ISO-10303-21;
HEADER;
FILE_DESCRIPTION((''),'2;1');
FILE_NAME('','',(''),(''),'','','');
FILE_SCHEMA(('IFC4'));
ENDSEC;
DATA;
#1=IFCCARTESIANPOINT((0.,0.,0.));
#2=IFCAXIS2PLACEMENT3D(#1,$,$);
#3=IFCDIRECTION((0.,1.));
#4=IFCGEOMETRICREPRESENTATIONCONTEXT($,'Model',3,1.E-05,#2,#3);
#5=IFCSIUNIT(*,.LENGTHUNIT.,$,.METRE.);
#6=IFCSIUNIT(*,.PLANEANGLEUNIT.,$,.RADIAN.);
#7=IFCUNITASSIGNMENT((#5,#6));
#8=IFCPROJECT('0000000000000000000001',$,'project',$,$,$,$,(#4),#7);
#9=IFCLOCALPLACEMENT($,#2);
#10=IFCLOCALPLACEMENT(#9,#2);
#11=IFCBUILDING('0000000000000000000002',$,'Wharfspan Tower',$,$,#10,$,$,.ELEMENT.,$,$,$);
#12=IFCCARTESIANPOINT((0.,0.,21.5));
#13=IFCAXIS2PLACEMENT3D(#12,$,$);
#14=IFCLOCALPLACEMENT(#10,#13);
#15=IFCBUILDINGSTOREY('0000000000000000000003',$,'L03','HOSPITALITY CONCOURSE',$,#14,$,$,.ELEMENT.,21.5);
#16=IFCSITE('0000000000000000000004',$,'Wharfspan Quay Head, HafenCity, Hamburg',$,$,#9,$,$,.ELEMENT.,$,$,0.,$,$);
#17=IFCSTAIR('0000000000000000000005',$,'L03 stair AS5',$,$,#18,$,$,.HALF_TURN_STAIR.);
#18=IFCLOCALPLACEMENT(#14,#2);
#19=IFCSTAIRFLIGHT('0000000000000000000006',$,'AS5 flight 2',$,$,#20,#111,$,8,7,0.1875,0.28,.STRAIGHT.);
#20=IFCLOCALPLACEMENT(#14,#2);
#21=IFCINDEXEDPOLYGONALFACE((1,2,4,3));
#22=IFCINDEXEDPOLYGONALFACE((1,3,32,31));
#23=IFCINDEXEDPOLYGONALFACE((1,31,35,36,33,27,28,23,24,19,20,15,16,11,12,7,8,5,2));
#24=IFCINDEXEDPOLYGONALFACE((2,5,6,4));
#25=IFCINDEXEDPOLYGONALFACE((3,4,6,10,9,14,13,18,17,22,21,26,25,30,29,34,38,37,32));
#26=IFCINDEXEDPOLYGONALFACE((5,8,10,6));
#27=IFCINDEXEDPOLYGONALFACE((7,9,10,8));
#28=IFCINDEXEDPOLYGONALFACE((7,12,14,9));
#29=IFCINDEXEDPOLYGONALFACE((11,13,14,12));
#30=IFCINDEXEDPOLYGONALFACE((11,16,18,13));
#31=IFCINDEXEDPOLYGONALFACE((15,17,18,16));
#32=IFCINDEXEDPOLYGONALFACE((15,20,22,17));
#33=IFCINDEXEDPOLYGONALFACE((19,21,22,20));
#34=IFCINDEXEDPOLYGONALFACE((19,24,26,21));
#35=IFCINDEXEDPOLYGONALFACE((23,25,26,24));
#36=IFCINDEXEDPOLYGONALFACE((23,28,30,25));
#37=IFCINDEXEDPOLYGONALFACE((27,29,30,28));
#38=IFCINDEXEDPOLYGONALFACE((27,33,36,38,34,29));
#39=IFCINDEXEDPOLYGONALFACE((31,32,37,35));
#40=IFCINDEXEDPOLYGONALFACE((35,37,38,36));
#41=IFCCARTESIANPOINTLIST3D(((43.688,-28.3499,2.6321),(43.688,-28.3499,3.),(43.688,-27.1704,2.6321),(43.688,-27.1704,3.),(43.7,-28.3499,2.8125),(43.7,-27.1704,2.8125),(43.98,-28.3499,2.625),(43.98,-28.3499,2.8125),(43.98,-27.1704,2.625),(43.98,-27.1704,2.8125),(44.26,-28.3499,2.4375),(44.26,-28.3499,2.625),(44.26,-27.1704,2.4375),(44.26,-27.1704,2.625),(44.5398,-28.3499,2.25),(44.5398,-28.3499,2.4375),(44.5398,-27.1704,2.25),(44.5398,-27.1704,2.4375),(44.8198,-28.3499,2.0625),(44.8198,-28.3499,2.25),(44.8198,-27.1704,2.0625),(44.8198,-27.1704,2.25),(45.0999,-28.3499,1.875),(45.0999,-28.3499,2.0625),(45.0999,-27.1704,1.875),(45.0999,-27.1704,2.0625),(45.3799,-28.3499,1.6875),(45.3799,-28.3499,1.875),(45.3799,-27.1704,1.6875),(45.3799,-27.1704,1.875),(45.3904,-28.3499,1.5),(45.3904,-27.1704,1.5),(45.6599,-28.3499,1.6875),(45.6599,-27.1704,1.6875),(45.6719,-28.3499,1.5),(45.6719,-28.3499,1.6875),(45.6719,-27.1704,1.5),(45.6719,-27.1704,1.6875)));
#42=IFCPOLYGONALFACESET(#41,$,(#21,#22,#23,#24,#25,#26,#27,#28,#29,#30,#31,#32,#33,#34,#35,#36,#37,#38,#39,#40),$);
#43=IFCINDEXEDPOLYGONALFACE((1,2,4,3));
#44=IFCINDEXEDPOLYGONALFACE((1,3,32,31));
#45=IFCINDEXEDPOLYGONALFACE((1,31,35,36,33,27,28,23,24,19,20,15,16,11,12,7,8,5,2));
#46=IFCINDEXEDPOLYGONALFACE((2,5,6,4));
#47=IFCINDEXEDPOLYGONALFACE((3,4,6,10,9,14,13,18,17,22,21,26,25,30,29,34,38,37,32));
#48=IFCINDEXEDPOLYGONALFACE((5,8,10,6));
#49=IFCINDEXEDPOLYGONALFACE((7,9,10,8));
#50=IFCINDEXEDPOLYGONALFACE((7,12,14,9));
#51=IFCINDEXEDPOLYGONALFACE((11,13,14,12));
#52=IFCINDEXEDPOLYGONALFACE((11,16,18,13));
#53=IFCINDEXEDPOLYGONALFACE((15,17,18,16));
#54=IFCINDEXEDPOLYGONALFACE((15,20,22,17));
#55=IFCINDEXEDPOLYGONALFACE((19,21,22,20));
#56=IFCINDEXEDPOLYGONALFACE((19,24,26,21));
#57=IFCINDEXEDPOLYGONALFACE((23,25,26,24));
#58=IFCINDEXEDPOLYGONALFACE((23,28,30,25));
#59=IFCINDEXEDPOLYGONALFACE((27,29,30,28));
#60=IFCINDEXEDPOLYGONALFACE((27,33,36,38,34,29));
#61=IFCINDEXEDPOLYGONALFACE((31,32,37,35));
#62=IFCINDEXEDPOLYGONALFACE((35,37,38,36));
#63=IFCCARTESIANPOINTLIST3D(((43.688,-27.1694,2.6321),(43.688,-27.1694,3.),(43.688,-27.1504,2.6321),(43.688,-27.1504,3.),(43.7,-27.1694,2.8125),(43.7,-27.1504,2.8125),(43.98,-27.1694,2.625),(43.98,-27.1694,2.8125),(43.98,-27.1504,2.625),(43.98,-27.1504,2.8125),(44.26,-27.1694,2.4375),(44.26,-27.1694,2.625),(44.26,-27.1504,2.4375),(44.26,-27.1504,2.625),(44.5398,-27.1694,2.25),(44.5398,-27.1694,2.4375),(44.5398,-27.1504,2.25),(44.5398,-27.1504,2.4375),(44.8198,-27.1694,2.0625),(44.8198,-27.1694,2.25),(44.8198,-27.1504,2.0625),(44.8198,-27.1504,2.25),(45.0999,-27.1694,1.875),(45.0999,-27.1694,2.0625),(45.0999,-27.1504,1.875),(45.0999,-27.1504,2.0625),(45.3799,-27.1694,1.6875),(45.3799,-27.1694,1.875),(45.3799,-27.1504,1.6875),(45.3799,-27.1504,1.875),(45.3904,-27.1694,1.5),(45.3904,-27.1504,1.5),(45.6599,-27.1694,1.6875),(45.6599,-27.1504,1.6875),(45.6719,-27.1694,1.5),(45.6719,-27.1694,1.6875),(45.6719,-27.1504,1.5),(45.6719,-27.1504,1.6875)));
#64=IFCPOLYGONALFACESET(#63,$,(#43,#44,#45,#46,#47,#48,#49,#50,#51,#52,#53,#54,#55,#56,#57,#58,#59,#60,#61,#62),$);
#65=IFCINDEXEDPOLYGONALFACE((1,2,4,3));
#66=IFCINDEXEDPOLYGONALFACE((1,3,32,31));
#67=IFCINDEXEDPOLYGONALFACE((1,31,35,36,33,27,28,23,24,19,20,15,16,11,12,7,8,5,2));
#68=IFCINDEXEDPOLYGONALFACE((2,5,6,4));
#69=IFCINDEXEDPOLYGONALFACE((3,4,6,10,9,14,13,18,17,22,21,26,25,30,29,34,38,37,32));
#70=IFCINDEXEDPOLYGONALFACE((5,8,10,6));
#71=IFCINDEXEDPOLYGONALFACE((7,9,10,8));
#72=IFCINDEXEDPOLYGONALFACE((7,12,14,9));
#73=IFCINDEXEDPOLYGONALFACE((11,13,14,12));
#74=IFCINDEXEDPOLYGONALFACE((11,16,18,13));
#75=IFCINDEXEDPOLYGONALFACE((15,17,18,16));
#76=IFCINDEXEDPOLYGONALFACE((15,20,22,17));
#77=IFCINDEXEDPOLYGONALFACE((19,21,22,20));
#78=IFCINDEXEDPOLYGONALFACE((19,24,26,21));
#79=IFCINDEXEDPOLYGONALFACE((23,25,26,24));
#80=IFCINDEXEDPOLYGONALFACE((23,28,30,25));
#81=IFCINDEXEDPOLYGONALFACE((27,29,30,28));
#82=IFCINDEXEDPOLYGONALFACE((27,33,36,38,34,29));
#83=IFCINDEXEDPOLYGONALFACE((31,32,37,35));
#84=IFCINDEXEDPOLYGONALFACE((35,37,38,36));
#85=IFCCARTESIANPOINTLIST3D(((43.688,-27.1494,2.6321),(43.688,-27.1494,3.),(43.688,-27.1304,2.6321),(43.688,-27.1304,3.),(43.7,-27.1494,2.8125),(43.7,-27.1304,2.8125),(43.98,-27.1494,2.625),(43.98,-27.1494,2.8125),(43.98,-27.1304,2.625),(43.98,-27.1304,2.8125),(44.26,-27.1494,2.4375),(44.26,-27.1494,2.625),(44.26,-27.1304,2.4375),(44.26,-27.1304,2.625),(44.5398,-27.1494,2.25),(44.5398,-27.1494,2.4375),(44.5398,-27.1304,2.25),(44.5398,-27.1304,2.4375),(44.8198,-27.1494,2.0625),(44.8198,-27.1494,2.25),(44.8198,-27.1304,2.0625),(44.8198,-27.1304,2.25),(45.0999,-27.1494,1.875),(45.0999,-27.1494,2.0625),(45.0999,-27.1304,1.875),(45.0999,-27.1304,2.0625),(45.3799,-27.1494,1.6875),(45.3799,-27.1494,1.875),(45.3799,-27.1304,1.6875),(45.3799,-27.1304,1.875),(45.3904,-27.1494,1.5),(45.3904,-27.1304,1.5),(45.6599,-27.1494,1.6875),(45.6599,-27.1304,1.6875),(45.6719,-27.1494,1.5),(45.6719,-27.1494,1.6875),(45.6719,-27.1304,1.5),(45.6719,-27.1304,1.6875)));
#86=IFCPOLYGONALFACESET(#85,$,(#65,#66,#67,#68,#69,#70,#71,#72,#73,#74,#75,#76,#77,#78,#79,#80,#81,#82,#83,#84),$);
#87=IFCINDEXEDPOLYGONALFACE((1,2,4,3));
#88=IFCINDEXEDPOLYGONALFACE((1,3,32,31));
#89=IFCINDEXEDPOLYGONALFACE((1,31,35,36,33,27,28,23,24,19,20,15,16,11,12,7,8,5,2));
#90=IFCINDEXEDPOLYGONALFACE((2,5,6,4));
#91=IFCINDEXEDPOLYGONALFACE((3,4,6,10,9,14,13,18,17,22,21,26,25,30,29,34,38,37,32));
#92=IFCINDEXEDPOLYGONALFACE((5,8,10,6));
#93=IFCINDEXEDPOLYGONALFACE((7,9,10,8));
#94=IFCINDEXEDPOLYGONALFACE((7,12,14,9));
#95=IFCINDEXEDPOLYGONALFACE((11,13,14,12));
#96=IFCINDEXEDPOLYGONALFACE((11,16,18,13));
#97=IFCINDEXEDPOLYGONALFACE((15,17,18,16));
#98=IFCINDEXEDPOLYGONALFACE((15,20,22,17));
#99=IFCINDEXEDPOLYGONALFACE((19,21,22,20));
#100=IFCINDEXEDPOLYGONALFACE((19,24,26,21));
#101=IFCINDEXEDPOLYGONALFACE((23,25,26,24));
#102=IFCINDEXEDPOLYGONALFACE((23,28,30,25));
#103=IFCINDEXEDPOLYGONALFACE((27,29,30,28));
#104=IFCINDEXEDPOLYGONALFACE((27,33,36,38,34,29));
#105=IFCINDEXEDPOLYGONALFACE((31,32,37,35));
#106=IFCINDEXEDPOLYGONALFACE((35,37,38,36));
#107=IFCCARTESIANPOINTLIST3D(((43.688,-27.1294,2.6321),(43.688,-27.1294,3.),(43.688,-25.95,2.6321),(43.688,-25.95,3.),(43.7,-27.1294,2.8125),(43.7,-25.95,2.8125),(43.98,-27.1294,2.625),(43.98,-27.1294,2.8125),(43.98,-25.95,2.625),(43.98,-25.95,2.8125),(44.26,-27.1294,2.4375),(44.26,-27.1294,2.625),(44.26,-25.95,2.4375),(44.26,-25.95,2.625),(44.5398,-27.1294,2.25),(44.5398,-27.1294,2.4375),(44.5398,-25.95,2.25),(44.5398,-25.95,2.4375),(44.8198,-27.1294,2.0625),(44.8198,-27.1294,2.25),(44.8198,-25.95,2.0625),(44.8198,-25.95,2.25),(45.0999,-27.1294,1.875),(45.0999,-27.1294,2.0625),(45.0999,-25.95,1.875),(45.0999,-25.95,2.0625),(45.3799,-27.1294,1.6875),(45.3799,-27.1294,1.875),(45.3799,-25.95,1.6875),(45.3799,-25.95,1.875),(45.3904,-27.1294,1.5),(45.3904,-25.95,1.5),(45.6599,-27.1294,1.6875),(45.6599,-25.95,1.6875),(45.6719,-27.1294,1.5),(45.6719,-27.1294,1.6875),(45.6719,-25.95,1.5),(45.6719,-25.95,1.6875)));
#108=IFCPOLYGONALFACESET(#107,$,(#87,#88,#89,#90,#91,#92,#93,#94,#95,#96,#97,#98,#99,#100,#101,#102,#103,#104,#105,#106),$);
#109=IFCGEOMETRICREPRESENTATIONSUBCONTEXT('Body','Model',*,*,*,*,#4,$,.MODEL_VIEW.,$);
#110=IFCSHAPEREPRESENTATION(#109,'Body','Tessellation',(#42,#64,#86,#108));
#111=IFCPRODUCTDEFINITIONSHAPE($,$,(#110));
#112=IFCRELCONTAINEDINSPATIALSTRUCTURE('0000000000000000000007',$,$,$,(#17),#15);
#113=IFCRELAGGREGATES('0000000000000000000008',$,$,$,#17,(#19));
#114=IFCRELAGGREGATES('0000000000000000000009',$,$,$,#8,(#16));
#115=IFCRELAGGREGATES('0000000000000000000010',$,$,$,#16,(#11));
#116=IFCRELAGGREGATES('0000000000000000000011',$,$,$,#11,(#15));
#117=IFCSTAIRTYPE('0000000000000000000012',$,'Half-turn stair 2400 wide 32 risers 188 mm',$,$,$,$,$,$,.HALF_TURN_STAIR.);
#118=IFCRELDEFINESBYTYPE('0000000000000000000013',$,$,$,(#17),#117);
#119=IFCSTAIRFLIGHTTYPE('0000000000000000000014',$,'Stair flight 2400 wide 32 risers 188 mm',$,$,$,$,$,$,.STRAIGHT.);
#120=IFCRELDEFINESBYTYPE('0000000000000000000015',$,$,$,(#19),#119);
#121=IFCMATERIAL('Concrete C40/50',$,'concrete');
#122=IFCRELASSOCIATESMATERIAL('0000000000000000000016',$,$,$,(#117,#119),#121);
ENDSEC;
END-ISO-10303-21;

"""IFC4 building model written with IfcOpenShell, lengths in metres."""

from ifc_helpers import new_model, si_unit, direction, frame, origin, place, context, subcontext, project, spatial, polyline, outline, extrude, material, type_object, element, aggregate, save


model = new_model("IFC4")

# Units and contexts
model_context = context("Model", 3, precision=1e-05, world=origin(), true_north=direction((0.0, 1.0)))
body_context = subcontext(model_context, "Body", "Model", "MODEL_VIEW")
ifc_project = project(units=[si_unit("LENGTHUNIT", "METRE"), si_unit("PLANEANGLEUNIT", "RADIAN")], contexts=[model_context])

# Site, building, storey
site_placement = place(None, origin())
site = spatial("IfcSite", under=ifc_project, at=site_placement, Name="Wharfspan Quay Head, HafenCity, Hamburg", CompositionType="ELEMENT", RefElevation=0.0)
building_placement = place(site_placement, origin())
building = spatial("IfcBuilding", under=site, at=building_placement, Name="Wharfspan Tower", CompositionType="ELEMENT")
storey_placement = place(building_placement, frame((0.0, 0.0, 21.5)))
storey = spatial("IfcBuildingStorey", under=building, at=storey_placement, Name="L03", Description="HOSPITALITY CONCOURSE", CompositionType="ELEMENT", Elevation=21.5)

# Shared definitions
ifc_material_1 = material(Name="Concrete C40/50", Category="concrete")

# Stair, stair flight
stair_type = type_object("IfcStairType", Name="Half-turn stair 2400 wide 32 risers 188 mm", PredefinedType="HALF_TURN_STAIR", material=ifc_material_1)
stair_placement = place(storey_placement, origin())
stair = element("IfcStair", 1, at=stair_placement, inside=storey, type_object=stair_type, Name="L03 stair AS5", PredefinedType="HALF_TURN_STAIR")
stair_flight_type = type_object("IfcStairFlightType", Name="Stair flight 2400 wide 32 risers 188 mm", PredefinedType="STRAIGHT", material=ifc_material_1)
stair_flight_1_placement = place(storey_placement, frame((45.6599, -27.1499, 1.5), z_axis=(0.0, 0.0, 1.0), x_axis=(-1.0, 0.0, 0.0)))
stair_flight_1 = element("IfcStairFlight", 2, at=stair_flight_1_placement, type_object=stair_flight_type, Name="AS5 flight 2", NumberOfRisers=8, NumberOfTreads=7, PredefinedType="STRAIGHT", RiserHeight=0.1875, TreadLength=0.28, context=body_context, shape_type="SweptSolid", body=[
    extrude(outline(polyline([(-0.012, 0.0), (-0.012, 0.1875), (0.0, 0.1875), (0.28, 0.1875), (0.28, 0.375), (0.5601, 0.375), (0.5601, 0.5625), (0.8401, 0.5625), (0.8401, 0.75), (1.1201, 0.75), (1.1201, 0.9375), (1.3999, 0.9375), (1.3999, 1.125), (1.6799, 1.125), (1.6799, 1.3125), (1.96, 1.3125), (1.9719, 1.5), (1.9719, 1.1321), (0.2695, 0.0), (-0.012, 0.0)])), frame((0.0, 1.2, 0.0), z_axis=(0.0, -1.0, 0.0), x_axis=(1.0, 0.0, 0.0)), (0.0, 0.0, 1.0), 1.1794),
    extrude(outline(polyline([(-0.012, 0.0), (-0.012, 0.1875), (0.0, 0.1875), (0.28, 0.1875), (0.28, 0.375), (0.5601, 0.375), (0.5601, 0.5625), (0.8401, 0.5625), (0.8401, 0.75), (1.1201, 0.75), (1.1201, 0.9375), (1.3999, 0.9375), (1.3999, 1.125), (1.6799, 1.125), (1.6799, 1.3125), (1.96, 1.3125), (1.9719, 1.5), (1.9719, 1.1321), (0.2695, 0.0), (-0.012, 0.0)])), frame((0.0, 0.0195, 0.0), z_axis=(0.0, -1.0, 0.0), x_axis=(1.0, 0.0, 0.0)), (0.0, 0.0, 1.0), 0.019),
    extrude(outline(polyline([(-0.012, 0.0), (-0.012, 0.1875), (0.0, 0.1875), (0.28, 0.1875), (0.28, 0.375), (0.5601, 0.375), (0.5601, 0.5625), (0.8401, 0.5625), (0.8401, 0.75), (1.1201, 0.75), (1.1201, 0.9375), (1.3999, 0.9375), (1.3999, 1.125), (1.6799, 1.125), (1.6799, 1.3125), (1.96, 1.3125), (1.9719, 1.5), (1.9719, 1.1321), (0.2695, 0.0), (-0.012, 0.0)])), frame((0.0, -0.0005, 0.0), z_axis=(0.0, -1.0, 0.0), x_axis=(1.0, 0.0, 0.0)), (0.0, 0.0, 1.0), 0.019),
    extrude(outline(polyline([(-0.012, 0.0), (-0.012, 0.1875), (0.0, 0.1875), (0.28, 0.1875), (0.28, 0.375), (0.5601, 0.375), (0.5601, 0.5625), (0.8401, 0.5625), (0.8401, 0.75), (1.1201, 0.75), (1.1201, 0.9375), (1.3999, 0.9375), (1.3999, 1.125), (1.6799, 1.125), (1.6799, 1.3125), (1.96, 1.3125), (1.9719, 1.5), (1.9719, 1.1321), (0.2695, 0.0), (-0.012, 0.0)])), frame((0.0, -0.0205, 0.0), z_axis=(0.0, -1.0, 0.0), x_axis=(1.0, 0.0, 0.0)), (0.0, 0.0, 1.0), 1.1794),
])
aggregate(stair, [stair_flight_1])

save(model, "model.ifc")
